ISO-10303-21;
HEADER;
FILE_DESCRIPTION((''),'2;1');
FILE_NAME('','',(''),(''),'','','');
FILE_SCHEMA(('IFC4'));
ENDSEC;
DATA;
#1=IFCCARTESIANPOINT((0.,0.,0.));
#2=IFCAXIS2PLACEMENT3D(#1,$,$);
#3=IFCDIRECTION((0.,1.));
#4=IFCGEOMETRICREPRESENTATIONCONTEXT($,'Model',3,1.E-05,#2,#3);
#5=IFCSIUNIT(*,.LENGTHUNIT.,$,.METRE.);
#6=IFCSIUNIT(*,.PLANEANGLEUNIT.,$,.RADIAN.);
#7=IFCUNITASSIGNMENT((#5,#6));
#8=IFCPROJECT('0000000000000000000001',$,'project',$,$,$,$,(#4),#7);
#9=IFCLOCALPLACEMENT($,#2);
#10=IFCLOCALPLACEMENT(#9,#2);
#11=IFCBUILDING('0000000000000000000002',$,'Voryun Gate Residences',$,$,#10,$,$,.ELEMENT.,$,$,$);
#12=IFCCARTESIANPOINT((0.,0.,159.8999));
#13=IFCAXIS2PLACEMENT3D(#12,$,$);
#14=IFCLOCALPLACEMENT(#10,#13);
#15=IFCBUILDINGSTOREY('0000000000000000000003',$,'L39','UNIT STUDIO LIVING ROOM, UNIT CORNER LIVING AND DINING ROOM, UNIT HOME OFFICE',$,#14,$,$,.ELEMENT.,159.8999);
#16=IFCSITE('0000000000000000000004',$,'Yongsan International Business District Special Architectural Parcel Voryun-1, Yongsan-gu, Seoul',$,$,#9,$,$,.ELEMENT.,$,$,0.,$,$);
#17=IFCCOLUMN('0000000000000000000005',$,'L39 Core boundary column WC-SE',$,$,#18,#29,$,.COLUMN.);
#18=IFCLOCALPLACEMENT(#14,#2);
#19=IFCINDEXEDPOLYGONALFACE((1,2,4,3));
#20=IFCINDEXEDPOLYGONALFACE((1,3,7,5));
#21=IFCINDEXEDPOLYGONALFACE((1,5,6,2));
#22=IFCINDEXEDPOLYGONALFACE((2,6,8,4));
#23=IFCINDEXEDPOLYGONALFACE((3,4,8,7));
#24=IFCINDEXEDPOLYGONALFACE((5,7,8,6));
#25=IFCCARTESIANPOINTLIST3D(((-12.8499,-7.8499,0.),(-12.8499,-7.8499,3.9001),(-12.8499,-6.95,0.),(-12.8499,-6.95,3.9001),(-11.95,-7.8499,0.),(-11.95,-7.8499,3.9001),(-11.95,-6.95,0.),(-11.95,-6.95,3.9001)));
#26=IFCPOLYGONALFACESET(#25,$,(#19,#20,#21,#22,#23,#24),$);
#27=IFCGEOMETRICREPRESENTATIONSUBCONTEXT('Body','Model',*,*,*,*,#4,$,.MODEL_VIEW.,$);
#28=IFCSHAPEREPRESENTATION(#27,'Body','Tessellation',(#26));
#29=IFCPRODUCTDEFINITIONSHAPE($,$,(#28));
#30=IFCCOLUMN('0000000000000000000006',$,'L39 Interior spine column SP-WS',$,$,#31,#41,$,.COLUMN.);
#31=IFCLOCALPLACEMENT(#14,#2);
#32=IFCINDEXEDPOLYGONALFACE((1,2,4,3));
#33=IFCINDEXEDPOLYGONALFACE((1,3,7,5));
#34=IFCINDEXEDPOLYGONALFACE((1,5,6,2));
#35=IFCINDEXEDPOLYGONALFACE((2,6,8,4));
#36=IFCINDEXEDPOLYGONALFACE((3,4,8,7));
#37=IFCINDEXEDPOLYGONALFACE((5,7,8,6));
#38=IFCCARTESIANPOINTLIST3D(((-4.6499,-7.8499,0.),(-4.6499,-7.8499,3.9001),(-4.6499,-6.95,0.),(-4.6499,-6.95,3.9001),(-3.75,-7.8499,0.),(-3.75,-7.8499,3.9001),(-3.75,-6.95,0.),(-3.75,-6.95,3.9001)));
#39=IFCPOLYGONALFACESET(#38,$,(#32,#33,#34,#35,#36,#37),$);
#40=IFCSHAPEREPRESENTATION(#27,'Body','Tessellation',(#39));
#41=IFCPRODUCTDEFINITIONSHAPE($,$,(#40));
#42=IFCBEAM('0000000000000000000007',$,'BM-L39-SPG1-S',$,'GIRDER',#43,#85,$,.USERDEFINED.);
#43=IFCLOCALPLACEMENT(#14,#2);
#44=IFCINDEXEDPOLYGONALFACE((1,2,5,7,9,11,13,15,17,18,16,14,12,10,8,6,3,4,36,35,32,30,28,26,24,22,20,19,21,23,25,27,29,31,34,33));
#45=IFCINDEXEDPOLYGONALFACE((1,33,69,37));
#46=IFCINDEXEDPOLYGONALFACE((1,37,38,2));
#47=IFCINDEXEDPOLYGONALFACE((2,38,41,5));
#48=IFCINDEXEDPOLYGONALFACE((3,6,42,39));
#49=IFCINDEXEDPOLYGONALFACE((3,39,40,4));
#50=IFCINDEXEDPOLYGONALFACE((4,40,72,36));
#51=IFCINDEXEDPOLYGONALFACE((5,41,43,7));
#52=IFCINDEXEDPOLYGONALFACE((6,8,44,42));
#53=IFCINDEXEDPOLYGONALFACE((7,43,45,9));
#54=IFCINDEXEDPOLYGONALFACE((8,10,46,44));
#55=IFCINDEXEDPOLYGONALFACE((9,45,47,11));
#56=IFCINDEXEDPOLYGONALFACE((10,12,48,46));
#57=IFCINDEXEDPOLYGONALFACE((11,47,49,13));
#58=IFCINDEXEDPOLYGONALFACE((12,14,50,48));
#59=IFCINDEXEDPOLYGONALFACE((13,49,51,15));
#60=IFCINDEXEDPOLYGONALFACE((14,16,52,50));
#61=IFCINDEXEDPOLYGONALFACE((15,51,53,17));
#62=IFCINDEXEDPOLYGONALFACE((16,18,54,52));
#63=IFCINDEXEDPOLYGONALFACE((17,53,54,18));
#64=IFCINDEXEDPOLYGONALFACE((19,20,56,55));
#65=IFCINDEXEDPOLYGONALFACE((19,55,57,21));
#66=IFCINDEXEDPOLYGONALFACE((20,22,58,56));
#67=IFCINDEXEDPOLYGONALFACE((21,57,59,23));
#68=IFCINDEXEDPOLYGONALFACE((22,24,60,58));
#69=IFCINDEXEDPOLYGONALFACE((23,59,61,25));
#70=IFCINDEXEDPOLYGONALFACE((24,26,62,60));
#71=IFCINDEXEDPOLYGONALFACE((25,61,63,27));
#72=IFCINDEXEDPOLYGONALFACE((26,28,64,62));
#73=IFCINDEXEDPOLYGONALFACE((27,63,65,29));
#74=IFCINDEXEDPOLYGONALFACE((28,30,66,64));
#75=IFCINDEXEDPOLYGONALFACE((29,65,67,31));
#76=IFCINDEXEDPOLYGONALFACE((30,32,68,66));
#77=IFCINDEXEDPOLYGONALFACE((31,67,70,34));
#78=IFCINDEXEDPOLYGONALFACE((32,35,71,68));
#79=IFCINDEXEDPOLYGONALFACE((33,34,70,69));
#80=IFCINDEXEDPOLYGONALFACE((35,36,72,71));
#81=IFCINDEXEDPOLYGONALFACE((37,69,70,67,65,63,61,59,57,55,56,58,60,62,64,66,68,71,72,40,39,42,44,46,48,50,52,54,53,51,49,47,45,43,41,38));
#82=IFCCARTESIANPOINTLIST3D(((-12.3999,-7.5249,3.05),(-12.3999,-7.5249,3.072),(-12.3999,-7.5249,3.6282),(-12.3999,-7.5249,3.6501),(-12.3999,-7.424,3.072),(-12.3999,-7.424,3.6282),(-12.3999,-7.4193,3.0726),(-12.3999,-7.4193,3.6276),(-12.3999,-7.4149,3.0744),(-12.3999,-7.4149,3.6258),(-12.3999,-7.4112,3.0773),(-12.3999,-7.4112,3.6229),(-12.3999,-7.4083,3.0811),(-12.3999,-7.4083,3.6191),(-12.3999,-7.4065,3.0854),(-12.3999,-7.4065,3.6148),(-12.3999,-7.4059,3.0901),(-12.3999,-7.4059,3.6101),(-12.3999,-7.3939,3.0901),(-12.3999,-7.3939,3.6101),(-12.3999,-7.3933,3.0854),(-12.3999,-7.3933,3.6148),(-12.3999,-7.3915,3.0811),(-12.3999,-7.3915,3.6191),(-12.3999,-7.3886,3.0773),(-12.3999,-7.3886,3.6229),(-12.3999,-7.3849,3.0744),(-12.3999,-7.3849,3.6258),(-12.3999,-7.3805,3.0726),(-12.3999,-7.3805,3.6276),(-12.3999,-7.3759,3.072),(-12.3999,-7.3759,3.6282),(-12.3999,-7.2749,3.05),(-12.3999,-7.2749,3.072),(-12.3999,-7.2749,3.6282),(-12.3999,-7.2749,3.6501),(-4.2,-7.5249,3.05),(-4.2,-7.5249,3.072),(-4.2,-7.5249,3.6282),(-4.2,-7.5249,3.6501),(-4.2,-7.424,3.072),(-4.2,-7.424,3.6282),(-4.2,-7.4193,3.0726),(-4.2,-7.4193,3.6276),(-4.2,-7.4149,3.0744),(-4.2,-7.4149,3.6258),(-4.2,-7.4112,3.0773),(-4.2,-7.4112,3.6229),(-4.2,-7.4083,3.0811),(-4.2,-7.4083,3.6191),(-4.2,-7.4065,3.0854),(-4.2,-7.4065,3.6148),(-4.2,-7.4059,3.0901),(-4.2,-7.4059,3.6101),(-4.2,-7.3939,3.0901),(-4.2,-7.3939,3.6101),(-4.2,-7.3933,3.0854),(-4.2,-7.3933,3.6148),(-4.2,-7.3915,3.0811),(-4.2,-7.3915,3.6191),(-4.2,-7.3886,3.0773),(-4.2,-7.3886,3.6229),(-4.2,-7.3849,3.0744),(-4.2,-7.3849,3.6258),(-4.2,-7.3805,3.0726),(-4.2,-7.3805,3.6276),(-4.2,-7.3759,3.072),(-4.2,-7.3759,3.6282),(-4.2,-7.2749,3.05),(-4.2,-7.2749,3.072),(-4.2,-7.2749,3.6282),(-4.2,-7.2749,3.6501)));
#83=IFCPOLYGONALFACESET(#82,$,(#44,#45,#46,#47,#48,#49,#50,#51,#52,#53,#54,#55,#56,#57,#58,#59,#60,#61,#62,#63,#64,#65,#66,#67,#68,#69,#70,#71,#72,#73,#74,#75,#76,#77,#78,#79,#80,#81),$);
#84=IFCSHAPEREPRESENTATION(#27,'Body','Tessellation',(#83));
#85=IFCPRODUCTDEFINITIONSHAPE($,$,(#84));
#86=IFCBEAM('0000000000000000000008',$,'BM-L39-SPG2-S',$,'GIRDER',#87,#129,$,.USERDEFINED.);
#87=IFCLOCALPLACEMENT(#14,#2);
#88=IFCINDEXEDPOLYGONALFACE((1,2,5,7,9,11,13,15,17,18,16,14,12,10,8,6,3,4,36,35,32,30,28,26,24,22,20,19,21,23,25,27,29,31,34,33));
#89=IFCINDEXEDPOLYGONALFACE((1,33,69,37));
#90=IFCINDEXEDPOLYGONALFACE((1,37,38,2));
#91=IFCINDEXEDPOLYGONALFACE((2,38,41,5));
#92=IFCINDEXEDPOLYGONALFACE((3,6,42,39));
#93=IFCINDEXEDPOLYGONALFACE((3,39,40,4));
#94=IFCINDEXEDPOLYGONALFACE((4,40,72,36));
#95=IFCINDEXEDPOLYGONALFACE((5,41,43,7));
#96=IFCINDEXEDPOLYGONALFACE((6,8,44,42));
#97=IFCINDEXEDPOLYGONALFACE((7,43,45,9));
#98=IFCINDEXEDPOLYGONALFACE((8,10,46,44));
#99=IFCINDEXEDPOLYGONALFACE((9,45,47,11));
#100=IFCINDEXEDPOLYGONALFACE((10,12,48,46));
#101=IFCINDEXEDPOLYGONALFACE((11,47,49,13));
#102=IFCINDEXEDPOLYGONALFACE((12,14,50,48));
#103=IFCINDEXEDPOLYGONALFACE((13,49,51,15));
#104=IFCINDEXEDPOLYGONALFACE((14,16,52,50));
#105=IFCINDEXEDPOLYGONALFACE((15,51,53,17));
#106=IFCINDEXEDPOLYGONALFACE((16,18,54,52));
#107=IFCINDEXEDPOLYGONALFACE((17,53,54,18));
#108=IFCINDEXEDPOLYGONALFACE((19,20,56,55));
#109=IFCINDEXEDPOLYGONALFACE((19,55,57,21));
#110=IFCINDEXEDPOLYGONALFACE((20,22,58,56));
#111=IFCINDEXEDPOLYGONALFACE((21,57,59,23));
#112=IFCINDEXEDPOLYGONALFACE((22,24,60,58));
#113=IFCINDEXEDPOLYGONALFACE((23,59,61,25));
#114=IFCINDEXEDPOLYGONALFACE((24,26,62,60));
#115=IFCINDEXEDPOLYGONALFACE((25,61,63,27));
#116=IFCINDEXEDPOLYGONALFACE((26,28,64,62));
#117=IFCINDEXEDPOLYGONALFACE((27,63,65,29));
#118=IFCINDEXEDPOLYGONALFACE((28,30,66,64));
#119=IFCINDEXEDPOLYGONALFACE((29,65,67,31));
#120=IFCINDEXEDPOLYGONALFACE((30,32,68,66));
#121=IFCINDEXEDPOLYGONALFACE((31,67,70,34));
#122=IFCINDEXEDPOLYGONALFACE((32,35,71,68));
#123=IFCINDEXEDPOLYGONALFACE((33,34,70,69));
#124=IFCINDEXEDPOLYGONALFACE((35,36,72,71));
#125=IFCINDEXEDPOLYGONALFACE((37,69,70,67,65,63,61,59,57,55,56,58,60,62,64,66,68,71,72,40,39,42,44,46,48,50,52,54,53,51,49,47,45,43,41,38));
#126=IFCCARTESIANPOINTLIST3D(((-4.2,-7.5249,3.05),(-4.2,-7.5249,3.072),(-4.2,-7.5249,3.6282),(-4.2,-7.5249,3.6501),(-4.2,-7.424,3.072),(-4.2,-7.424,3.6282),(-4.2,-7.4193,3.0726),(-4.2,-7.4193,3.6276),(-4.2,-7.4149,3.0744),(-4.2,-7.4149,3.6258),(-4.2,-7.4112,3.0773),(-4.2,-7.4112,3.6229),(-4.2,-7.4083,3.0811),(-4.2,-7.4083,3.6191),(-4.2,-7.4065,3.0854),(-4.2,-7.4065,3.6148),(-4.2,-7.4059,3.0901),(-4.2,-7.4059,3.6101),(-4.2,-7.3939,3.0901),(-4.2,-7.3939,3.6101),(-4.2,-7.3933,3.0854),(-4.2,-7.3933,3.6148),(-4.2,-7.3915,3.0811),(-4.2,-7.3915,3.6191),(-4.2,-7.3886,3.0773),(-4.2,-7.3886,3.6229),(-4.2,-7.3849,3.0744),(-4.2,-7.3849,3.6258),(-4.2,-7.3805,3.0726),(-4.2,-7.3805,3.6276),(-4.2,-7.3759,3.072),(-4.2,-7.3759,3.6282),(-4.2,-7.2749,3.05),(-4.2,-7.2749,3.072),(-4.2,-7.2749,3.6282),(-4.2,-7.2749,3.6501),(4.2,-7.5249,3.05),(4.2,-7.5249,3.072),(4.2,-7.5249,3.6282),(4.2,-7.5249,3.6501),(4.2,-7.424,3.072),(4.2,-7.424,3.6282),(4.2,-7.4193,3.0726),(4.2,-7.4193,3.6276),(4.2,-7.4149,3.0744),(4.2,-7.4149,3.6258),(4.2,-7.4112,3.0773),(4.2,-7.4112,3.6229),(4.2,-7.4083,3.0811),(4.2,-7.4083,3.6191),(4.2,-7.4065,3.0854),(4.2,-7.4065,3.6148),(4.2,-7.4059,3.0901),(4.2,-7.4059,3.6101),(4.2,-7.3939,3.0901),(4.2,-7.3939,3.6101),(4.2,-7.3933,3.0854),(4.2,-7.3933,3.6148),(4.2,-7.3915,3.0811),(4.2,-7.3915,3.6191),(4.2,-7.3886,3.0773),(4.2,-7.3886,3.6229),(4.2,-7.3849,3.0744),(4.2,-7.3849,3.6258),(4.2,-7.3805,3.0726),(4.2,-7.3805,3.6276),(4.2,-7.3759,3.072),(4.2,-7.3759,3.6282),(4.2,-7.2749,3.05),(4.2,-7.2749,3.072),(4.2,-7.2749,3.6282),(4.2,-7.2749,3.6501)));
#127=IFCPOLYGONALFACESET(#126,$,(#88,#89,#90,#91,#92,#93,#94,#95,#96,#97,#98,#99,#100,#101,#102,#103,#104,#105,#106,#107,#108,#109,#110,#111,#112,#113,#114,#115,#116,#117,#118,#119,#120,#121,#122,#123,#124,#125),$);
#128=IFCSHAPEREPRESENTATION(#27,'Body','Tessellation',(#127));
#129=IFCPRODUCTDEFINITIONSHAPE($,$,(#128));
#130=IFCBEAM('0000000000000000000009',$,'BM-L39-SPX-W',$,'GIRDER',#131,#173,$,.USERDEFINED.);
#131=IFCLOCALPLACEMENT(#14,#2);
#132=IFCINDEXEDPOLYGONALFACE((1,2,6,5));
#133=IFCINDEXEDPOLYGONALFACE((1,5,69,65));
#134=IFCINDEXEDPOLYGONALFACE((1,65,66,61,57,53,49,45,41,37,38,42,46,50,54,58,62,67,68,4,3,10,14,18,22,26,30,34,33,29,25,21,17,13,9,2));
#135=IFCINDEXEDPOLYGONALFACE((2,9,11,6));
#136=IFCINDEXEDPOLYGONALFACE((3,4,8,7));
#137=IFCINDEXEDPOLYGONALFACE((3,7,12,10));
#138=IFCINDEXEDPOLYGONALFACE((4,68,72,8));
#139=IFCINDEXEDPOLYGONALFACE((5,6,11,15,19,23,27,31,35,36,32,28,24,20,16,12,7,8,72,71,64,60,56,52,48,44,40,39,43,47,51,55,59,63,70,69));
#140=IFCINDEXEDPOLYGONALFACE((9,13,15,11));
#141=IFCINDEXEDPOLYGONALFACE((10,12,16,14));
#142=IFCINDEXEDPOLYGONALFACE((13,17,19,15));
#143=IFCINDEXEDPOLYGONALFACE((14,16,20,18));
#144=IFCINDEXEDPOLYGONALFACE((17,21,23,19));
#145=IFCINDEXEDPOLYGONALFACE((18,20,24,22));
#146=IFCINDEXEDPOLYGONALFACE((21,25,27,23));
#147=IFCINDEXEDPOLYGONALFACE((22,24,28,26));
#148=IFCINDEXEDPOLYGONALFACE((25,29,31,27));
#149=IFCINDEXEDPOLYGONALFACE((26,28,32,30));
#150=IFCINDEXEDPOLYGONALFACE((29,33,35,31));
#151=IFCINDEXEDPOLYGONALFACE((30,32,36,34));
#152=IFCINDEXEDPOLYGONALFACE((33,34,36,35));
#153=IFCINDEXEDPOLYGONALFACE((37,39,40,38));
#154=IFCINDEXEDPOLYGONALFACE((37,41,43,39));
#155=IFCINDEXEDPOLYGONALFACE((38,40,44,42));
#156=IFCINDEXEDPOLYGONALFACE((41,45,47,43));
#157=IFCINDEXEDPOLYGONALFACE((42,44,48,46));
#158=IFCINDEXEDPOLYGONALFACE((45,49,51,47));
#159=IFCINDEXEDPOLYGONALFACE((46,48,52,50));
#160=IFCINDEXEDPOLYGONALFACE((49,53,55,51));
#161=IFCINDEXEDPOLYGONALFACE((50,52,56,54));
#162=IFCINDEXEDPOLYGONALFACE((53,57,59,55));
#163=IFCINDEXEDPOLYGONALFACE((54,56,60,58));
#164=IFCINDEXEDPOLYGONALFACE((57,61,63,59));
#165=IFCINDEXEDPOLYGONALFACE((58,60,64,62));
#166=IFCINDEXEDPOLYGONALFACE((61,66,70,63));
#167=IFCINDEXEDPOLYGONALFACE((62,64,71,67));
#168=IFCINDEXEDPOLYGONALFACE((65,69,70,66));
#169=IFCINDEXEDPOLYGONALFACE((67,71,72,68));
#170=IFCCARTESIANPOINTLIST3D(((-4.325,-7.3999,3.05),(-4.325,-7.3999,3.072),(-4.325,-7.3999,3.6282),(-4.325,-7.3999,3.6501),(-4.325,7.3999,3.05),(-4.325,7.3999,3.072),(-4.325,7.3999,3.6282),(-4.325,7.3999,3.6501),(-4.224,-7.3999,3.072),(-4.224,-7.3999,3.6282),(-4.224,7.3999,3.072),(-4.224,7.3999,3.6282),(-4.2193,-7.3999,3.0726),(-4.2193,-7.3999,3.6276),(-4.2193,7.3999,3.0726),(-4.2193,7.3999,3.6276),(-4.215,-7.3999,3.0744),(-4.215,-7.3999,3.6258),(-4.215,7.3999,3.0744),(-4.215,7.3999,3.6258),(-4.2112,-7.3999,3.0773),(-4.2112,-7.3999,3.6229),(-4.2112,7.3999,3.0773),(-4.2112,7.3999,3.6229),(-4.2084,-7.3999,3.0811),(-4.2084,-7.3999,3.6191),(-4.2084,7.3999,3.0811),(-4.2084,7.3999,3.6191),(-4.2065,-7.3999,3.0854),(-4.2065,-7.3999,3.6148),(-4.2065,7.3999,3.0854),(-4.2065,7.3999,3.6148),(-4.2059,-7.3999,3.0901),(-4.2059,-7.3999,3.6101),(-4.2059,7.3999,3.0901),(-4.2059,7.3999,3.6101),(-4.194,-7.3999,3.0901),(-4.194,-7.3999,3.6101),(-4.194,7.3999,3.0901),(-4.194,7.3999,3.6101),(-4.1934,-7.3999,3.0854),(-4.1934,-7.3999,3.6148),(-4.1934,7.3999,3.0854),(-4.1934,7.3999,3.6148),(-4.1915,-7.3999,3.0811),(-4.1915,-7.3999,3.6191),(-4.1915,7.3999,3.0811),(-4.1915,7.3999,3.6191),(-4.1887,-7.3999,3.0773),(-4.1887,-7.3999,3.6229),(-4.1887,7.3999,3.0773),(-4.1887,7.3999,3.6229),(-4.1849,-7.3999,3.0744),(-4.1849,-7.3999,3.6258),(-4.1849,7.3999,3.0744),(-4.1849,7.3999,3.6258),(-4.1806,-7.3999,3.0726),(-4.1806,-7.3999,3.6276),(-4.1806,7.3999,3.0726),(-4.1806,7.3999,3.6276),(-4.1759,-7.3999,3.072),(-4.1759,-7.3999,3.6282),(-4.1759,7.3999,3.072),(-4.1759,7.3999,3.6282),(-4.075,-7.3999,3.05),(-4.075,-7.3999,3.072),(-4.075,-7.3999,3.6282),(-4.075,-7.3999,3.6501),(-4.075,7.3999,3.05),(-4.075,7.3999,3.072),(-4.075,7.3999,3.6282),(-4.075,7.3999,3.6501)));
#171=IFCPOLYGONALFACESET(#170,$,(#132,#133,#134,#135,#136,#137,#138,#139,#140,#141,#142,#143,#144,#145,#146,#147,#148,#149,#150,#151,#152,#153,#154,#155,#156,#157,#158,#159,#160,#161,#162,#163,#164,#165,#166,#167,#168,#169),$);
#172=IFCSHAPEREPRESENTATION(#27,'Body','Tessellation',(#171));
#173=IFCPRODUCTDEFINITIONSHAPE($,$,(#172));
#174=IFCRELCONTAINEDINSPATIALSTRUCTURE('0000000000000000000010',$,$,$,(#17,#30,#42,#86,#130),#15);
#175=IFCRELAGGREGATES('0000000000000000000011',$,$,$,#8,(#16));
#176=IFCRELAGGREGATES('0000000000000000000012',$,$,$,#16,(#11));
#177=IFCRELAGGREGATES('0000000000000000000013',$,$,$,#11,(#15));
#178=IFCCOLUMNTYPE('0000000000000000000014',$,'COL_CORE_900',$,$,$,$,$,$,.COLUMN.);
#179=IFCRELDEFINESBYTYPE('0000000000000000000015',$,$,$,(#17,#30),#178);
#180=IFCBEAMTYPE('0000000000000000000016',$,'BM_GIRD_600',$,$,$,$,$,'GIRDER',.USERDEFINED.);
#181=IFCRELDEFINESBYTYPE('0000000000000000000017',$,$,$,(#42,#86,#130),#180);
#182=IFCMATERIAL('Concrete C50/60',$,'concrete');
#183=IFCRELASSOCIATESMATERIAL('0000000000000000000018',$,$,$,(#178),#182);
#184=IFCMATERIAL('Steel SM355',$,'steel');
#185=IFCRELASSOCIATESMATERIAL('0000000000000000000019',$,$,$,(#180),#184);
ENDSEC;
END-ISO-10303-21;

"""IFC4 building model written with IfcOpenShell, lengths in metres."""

from ifc_helpers import new_model, si_unit, direction, frame, origin, origin_2d, place, context, subcontext, project, spatial, rectangle, i_section, extrude, material, material_profile, profile_set, type_object, element, save


model = new_model("IFC4")

# Units and contexts
model_context = context("Model", 3, precision=1e-05, world=origin(), true_north=direction((0.0, 1.0)))
body_context = subcontext(model_context, "Body", "Model", "MODEL_VIEW")
ifc_project = project(units=[si_unit("LENGTHUNIT", "METRE"), si_unit("PLANEANGLEUNIT", "RADIAN")], contexts=[model_context])

# Site, building, storey
site_placement = place(None, origin())
site = spatial("IfcSite", under=ifc_project, at=site_placement, Name="Yongsan International Business District Special Architectural Parcel Voryun-1, Yongsan-gu, Seoul", CompositionType="ELEMENT", RefElevation=0.0)
building_placement = place(site_placement, origin())
building = spatial("IfcBuilding", under=site, at=building_placement, Name="Voryun Gate Residences", CompositionType="ELEMENT")
storey_placement = place(building_placement, frame((0.0, 0.0, 159.8999)))
storey = spatial("IfcBuildingStorey", under=building, at=storey_placement, Name="L39", Description="UNIT STUDIO LIVING ROOM, UNIT CORNER LIVING AND DINING ROOM, UNIT HOME OFFICE", CompositionType="ELEMENT", Elevation=159.8999)

# Columns
ifc_material_1 = material(Name="Concrete C50/60", Category="concrete")
ifc_material_profile_1 = material_profile(ifc_material_1, rectangle(XDim=0.8999, YDim=0.8999, at=origin_2d()), Name="RC-900x900")
ifc_profile_set_1 = profile_set([ifc_material_profile_1], Name="Concrete C50/60")
column_type = type_object("IfcColumnType", Name="COL_CORE_900", PredefinedType="COLUMN", material=ifc_profile_set_1)
for number, where, z_axis, x_axis, name in (
    (1, (-12.3999, -7.3999, 0.0), (0.0, 0.0, 1.0), (1.0, 0.0, 0.0), "L39 Core boundary column WC-SE"),
    (2, (-4.2, -7.3999, 0.0), (0.0, 0.0, 1.0), (1.0, 0.0, 0.0), "L39 Interior spine column SP-WS"),
):
    element("IfcColumn", number, at=place(storey_placement, frame(where, z_axis=z_axis, x_axis=x_axis)), inside=storey, type_object=column_type, Name=name, PredefinedType="COLUMN", context=body_context, shape_type="SweptSolid", body=[
        extrude(rectangle(XDim=0.8999, YDim=0.8999, at=origin_2d()), origin(), (0.0, 0.0, 1.0), 3.9001),
    ])

# Beams
ifc_material_2 = material(Name="Steel SM355", Category="steel")
ifc_material_profile_2 = material_profile(ifc_material_2, i_section(OverallWidth=0.25, OverallDepth=0.6001, WebThickness=0.012, FlangeThickness=0.022, FilletRadius=0.0181, at=origin_2d()), Name="H-600x250x12x22")
ifc_profile_set_2 = profile_set([ifc_material_profile_2], Name="Steel SM355")
beam_type_1 = type_object("IfcBeamType", Name="BM_GIRD_600", ElementType="GIRDER", PredefinedType="USERDEFINED", material=ifc_profile_set_2)
beam_1_placement = place(storey_placement, frame((-12.3999, -7.3999, 3.3501), z_axis=(1.0, 0.0, 0.0), x_axis=(0.0, 1.0, 0.0)))
element("IfcBeam", 3, at=beam_1_placement, inside=storey, type_object=beam_type_1, Name="BM-L39-SPG1-S", ObjectType="GIRDER", PredefinedType="USERDEFINED", context=body_context, shape_type="SweptSolid", body=[
    extrude(i_section(OverallWidth=0.25, OverallDepth=0.6001, WebThickness=0.012, FlangeThickness=0.022, FilletRadius=0.0181, at=origin_2d()), origin(), (0.0, 0.0, 1.0), 8.2),
])
beam_2_placement = place(storey_placement, frame((-4.2, -7.3999, 3.3501), z_axis=(1.0, 0.0, 0.0), x_axis=(0.0, 1.0, 0.0)))
element("IfcBeam", 4, at=beam_2_placement, inside=storey, type_object=beam_type_1, Name="BM-L39-SPG2-S", ObjectType="GIRDER", PredefinedType="USERDEFINED", context=body_context, shape_type="SweptSolid", body=[
    extrude(i_section(OverallWidth=0.25, OverallDepth=0.6001, WebThickness=0.012, FlangeThickness=0.022, FilletRadius=0.0181, at=origin_2d()), origin(), (0.0, 0.0, 1.0), 8.3999),
])
beam_3_placement = place(storey_placement, frame((-4.2, -7.3999, 3.3501), z_axis=(0.0, 1.0, 0.0), x_axis=(-1.0, 0.0, 0.0)))
element("IfcBeam", 5, at=beam_3_placement, inside=storey, type_object=beam_type_1, Name="BM-L39-SPX-W", ObjectType="GIRDER", PredefinedType="USERDEFINED", context=body_context, shape_type="SweptSolid", body=[
    extrude(i_section(OverallWidth=0.25, OverallDepth=0.6001, WebThickness=0.012, FlangeThickness=0.022, FilletRadius=0.0181, at=origin_2d()), origin(), (0.0, 0.0, 1.0), 14.7998),
])

save(model, "model.ifc")
